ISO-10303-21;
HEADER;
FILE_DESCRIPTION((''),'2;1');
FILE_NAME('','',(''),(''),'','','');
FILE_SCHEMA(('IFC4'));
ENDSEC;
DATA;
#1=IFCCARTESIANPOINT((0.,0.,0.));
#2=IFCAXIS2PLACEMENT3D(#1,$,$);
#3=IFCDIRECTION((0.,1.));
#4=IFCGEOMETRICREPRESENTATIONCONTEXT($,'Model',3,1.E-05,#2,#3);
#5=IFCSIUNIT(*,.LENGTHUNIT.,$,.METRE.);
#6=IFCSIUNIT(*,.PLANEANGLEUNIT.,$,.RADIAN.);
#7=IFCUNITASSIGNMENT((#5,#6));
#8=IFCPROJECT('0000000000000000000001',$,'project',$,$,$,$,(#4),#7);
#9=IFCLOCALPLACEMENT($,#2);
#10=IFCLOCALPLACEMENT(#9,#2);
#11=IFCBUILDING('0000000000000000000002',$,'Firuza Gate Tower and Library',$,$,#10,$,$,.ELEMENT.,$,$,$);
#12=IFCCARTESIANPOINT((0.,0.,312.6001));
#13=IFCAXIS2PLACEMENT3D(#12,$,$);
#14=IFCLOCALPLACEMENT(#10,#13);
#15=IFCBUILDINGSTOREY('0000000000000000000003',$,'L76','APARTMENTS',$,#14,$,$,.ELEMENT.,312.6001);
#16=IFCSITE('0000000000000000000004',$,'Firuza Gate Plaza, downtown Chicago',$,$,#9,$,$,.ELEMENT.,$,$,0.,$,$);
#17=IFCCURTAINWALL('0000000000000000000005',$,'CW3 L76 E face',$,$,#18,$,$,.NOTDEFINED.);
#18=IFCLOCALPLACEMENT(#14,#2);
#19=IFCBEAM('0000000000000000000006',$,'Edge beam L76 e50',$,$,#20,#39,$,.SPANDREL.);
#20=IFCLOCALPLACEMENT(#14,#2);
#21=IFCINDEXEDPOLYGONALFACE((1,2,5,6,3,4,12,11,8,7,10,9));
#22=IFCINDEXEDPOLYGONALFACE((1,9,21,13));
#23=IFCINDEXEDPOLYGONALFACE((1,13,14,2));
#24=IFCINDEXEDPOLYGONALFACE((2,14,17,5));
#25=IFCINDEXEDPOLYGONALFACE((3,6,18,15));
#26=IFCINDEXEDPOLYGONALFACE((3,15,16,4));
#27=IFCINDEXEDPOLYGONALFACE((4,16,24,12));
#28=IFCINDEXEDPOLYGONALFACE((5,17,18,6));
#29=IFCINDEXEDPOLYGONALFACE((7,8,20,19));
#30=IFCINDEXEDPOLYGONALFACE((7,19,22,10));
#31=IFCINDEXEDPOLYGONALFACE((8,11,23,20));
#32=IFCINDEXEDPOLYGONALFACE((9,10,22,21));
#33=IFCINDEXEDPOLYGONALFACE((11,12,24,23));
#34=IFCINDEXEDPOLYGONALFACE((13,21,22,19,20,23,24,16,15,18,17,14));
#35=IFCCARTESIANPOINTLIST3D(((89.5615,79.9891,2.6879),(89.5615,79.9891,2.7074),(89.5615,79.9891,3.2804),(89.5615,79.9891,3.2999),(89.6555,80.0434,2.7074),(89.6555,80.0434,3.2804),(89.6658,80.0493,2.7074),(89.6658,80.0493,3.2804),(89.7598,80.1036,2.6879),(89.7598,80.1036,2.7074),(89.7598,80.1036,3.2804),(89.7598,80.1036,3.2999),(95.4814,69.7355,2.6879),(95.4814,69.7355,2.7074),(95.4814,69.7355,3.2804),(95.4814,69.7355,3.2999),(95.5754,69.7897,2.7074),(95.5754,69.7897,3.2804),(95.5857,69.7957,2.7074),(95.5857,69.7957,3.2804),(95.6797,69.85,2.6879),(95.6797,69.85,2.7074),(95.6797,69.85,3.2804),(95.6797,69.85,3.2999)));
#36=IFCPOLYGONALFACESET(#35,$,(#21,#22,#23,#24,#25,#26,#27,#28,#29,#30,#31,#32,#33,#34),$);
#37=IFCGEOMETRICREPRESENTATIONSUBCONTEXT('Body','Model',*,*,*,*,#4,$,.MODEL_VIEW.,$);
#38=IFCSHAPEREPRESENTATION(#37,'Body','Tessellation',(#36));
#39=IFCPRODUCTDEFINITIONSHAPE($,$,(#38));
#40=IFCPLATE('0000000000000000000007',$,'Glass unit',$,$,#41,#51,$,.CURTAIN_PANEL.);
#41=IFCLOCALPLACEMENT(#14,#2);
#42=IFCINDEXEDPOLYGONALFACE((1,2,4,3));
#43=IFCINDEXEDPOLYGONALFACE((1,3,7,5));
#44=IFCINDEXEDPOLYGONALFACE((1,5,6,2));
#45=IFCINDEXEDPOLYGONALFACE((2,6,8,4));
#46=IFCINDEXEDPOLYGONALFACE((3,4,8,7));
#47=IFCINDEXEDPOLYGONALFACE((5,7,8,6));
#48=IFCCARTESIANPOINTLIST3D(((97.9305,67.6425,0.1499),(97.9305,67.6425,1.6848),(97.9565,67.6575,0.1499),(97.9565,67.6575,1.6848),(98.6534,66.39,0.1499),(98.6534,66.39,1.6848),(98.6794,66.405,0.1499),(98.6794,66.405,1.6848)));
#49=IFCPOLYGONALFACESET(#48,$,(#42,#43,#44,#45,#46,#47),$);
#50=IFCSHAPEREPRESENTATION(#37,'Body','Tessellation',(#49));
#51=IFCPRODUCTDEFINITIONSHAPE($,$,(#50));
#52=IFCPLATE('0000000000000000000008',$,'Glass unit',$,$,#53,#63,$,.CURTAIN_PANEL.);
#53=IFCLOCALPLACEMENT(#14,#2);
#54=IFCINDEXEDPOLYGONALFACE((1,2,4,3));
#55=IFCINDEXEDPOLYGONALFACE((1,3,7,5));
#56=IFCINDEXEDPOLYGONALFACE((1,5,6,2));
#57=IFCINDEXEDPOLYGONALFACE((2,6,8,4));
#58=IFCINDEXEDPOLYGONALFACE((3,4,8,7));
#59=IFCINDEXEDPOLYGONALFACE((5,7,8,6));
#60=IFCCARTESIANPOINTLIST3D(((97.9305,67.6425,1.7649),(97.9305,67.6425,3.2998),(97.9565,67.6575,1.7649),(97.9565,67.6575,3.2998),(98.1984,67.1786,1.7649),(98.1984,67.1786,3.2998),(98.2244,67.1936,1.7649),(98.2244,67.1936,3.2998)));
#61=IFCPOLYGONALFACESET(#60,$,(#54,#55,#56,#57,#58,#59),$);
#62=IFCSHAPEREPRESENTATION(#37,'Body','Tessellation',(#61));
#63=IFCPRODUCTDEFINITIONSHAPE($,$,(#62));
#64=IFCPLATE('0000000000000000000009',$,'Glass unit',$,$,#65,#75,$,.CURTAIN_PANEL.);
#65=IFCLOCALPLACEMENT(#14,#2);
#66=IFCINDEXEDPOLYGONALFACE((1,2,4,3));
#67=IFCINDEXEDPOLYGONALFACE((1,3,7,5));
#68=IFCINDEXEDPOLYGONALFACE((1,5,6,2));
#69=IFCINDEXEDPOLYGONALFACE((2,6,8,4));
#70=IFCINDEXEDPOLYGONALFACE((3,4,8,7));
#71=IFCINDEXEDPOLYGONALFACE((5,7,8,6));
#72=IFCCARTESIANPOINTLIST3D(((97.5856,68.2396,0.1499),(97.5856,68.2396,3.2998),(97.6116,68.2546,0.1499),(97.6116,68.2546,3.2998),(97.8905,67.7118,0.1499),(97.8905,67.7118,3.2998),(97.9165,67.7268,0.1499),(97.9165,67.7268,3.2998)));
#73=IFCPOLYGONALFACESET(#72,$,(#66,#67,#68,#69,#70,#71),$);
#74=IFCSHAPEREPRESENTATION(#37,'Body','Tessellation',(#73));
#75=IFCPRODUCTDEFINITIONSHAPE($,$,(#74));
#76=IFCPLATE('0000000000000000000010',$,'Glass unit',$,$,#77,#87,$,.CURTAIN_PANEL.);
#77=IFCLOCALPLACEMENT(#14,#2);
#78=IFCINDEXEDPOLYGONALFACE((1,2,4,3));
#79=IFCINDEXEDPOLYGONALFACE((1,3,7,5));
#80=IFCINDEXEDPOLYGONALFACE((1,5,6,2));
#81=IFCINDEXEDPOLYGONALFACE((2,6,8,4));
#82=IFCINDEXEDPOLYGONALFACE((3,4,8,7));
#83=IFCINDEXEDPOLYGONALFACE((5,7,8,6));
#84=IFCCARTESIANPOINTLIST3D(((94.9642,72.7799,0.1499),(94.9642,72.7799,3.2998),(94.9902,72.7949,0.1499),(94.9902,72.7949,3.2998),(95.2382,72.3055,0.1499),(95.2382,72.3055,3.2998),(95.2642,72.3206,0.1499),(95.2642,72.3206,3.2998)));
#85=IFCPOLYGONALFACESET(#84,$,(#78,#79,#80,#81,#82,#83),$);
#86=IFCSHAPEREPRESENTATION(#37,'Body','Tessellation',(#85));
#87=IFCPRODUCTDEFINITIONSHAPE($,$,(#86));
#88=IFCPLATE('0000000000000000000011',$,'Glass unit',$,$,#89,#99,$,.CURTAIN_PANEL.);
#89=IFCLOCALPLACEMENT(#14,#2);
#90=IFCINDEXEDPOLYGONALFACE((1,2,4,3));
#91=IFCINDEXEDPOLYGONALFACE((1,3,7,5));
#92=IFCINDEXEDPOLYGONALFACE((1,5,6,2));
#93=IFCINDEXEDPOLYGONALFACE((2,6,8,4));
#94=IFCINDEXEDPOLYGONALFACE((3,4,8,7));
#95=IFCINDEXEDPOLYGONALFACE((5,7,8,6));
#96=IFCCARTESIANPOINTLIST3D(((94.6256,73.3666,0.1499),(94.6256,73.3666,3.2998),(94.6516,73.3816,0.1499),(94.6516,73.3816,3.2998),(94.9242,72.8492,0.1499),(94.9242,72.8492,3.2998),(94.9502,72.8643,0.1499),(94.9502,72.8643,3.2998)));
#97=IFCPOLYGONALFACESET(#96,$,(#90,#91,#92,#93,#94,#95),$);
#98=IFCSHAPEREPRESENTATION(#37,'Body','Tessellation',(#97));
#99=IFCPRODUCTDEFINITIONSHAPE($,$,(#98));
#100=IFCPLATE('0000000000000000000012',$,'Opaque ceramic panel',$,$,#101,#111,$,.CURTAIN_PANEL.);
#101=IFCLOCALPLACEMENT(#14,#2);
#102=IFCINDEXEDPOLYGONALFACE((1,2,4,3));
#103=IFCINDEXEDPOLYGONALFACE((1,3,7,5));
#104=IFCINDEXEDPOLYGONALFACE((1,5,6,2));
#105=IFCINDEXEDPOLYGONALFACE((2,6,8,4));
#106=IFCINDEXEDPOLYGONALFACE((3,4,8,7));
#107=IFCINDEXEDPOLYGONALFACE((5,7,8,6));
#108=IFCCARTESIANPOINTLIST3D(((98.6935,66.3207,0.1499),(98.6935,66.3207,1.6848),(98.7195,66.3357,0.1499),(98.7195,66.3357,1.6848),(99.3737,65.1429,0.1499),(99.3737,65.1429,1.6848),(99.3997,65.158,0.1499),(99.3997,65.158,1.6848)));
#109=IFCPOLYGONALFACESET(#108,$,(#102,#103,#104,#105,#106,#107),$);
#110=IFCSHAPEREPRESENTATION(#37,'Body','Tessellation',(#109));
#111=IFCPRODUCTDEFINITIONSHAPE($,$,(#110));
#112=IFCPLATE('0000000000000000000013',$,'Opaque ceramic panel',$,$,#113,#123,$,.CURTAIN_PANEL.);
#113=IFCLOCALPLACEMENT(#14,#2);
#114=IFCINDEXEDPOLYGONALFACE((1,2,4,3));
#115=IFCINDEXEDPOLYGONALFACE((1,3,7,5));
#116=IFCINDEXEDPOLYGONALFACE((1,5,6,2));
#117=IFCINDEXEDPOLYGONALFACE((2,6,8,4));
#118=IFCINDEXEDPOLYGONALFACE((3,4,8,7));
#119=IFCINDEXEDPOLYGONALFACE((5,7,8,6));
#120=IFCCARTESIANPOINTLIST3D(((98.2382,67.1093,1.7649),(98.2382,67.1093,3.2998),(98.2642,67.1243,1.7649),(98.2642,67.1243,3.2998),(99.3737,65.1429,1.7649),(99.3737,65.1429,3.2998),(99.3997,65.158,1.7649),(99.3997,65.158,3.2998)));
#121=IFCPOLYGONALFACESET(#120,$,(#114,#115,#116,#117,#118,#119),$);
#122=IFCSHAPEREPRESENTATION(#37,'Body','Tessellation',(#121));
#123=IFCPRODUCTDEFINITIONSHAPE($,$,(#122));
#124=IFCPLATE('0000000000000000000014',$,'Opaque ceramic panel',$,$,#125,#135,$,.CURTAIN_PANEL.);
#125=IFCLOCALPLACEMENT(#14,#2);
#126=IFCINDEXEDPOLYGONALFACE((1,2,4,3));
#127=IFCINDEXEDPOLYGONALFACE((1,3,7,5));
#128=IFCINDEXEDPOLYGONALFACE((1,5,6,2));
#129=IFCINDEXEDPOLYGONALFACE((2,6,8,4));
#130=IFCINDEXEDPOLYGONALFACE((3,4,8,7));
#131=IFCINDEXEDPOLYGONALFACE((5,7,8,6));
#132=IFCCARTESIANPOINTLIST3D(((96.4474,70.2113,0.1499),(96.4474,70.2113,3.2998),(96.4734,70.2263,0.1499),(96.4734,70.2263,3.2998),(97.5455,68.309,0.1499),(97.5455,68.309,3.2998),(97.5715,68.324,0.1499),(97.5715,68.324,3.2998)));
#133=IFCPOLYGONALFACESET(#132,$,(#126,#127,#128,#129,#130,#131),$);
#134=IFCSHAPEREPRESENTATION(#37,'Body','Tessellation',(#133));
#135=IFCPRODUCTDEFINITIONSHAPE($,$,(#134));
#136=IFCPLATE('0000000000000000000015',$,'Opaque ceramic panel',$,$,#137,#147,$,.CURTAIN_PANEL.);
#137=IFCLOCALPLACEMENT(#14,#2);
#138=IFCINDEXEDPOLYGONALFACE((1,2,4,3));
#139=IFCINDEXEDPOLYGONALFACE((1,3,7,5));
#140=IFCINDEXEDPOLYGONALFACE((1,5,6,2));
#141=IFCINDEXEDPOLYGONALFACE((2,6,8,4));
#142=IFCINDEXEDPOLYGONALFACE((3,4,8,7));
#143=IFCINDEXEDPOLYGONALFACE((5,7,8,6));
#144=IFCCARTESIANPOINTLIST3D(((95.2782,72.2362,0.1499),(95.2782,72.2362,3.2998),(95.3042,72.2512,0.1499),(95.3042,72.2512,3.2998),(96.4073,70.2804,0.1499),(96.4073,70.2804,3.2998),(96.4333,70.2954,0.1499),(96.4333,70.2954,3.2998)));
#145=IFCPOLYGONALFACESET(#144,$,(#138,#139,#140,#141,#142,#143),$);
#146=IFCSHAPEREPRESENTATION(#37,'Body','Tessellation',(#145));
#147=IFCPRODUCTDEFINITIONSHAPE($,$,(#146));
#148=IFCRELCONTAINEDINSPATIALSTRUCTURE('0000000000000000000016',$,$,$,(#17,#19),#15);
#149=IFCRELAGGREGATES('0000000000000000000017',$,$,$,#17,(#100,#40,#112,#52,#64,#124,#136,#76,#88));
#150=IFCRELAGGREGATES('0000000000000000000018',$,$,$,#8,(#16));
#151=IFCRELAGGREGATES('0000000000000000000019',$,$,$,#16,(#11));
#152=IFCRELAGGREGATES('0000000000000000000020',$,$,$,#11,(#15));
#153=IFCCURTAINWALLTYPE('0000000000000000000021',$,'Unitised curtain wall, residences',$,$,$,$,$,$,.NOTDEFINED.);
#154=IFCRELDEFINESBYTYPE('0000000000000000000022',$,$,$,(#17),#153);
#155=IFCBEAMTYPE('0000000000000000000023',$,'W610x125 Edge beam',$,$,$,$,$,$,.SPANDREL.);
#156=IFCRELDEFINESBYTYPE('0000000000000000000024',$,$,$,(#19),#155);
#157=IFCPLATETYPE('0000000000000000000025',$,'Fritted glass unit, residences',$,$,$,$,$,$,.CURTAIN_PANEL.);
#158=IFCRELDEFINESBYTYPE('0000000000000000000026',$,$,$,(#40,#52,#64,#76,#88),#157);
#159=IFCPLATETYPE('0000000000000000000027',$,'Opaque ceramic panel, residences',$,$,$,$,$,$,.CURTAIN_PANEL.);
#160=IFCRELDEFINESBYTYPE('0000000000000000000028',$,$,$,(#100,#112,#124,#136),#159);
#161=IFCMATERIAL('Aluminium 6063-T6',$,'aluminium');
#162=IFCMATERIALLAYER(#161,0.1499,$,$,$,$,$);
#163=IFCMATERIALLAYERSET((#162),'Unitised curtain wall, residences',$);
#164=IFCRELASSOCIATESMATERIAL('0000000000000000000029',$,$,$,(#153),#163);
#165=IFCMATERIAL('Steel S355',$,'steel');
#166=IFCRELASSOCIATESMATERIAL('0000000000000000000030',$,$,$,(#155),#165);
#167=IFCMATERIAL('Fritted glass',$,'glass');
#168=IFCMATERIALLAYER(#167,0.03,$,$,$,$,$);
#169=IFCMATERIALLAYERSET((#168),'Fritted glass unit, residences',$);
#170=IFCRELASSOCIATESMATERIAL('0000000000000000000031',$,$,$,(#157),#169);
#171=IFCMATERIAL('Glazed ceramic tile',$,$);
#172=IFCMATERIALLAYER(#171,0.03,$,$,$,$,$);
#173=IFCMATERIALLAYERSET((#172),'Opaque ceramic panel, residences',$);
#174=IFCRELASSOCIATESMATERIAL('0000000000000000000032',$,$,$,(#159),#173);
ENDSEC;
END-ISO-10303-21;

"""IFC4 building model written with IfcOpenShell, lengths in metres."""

from ifc_helpers import new_model, si_unit, direction, frame, origin, origin_2d, place, context, subcontext, project, spatial, polyline, i_section, outline, extrude, material, layer, layer_set, material_profile, profile_set, type_object, element, aggregate, save


model = new_model("IFC4")

# Units and contexts
model_context = context("Model", 3, precision=1e-05, world=origin(), true_north=direction((0.0, 1.0)))
body_context = subcontext(model_context, "Body", "Model", "MODEL_VIEW")
ifc_project = project(units=[si_unit("LENGTHUNIT", "METRE"), si_unit("PLANEANGLEUNIT", "RADIAN")], contexts=[model_context])

# Site, building, storey
site_placement = place(None, origin())
site = spatial("IfcSite", under=ifc_project, at=site_placement, Name="Firuza Gate Plaza, downtown Chicago", CompositionType="ELEMENT", RefElevation=0.0)
building_placement = place(site_placement, origin())
building = spatial("IfcBuilding", under=site, at=building_placement, Name="Firuza Gate Tower and Library", CompositionType="ELEMENT")
storey_placement = place(building_placement, frame((0.0, 0.0, 312.6001)))
storey = spatial("IfcBuildingStorey", under=building, at=storey_placement, Name="L76", Description="APARTMENTS", CompositionType="ELEMENT", Elevation=312.6001)

# Curtain wall
ifc_material_1 = material(Name="Aluminium 6063-T6", Category="aluminium")
ifc_layer_1 = layer(ifc_material_1, 0.1499)
ifc_layer_set_1 = layer_set([ifc_layer_1], Name="Unitised curtain wall, residences")
curtain_wall_type = type_object("IfcCurtainWallType", Name="Unitised curtain wall, residences", PredefinedType="NOTDEFINED", material=ifc_layer_set_1)
curtain_wall_placement = place(storey_placement, origin())
curtain_wall = element("IfcCurtainWall", 1, at=curtain_wall_placement, inside=storey, type_object=curtain_wall_type, Name="CW3 L76 E face", PredefinedType="NOTDEFINED")

# Beam
ifc_material_2 = material(Name="Steel S355", Category="steel")
ifc_material_profile_1 = material_profile(ifc_material_2, i_section(OverallWidth=0.229, OverallDepth=0.6121, WebThickness=0.012, FlangeThickness=0.0195, at=origin_2d()))
ifc_profile_set_1 = profile_set([ifc_material_profile_1], Name="Steel S355")
beam_type_1 = type_object("IfcBeamType", Name="W610x125 Edge beam", PredefinedType="SPANDREL", material=ifc_profile_set_1)
beam_1_placement = place(storey_placement, frame((95.5806, 69.7927, 2.9939), z_axis=(-0.499998, 0.866027, 0.0), x_axis=(-0.866027, -0.499998, 0.0)))
element("IfcBeam", 2, at=beam_1_placement, inside=storey, type_object=beam_type_1, Name="Edge beam L76 e50", PredefinedType="SPANDREL", context=body_context, shape_type="SweptSolid", body=[
    extrude(i_section(OverallWidth=0.229, OverallDepth=0.6121, WebThickness=0.012, FlangeThickness=0.0195, at=origin_2d()), origin(), (0.0, 0.0, 1.0), 11.8398),
])

# Plates
ifc_material_3 = material(Name="Fritted glass", Category="glass")
ifc_layer_2 = layer(ifc_material_3, 0.03)
ifc_layer_set_2 = layer_set([ifc_layer_2], Name="Fritted glass unit, residences")
plate_type_1 = type_object("IfcPlateType", Name="Fritted glass unit, residences", PredefinedType="CURTAIN_PANEL", material=ifc_layer_set_2)
plate_1_placement = place(storey_placement, frame((98.6794, 66.405, 0.1499), z_axis=(0.866084, 0.499898, 0.0), x_axis=(-0.499898, 0.866084, 0.0)))
plate_1 = element("IfcPlate", 3, at=plate_1_placement, type_object=plate_type_1, Name="Glass unit", PredefinedType="CURTAIN_PANEL", context=body_context, shape_type="SweptSolid", body=[
    extrude(outline(polyline([(0.0, 0.0), (1.4461, 0.0), (1.4461, 1.5349), (0.0, 1.5349), (0.0, 0.0)])), origin(), (0.0, 0.0, -1.0), 0.03),
])
plate_2_placement = place(storey_placement, frame((98.2244, 67.1936, 1.7649), z_axis=(0.866019, 0.500012, 0.0), x_axis=(-0.500012, 0.866019, 0.0)))
plate_2 = element("IfcPlate", 4, at=plate_2_placement, type_object=plate_type_1, Name="Glass unit", PredefinedType="CURTAIN_PANEL", context=body_context, shape_type="SweptSolid", body=[
    extrude(outline(polyline([(0.0, 0.0), (0.5356, 0.0), (0.5356, 1.5349), (0.0, 1.5349), (0.0, 0.0)])), origin(), (0.0, 0.0, -1.0), 0.03),
])
plate_3_placement = place(storey_placement, frame((97.9165, 67.7268, 0.1499), z_axis=(0.865892, 0.500231, 0.0), x_axis=(-0.500231, 0.865892, 0.0)))
plate_3 = element("IfcPlate", 5, at=plate_3_placement, type_object=plate_type_1, Name="Glass unit", PredefinedType="CURTAIN_PANEL", context=body_context, shape_type="SweptSolid", body=[
    extrude(outline(polyline([(0.0, 0.0), (0.6096, 0.0), (0.6096, 3.1499), (0.0, 3.1499), (0.0, 0.0)])), origin(), (0.0, 0.0, -1.0), 0.03),
])
plate_4_placement = place(storey_placement, frame((95.2642, 72.3206, 0.1499), z_axis=(0.865985, 0.50007, 0.0), x_axis=(-0.50007, 0.865985, 0.0)))
plate_4 = element("IfcPlate", 6, at=plate_4_placement, type_object=plate_type_1, Name="Glass unit", PredefinedType="CURTAIN_PANEL", context=body_context, shape_type="SweptSolid", body=[
    extrude(outline(polyline([(0.0, 0.0), (0.5478, 0.0), (0.5478, 3.1499), (0.0, 3.1499), (0.0, 0.0)])), origin(), (0.0, 0.0, -1.0), 0.03),
])
plate_5_placement = place(storey_placement, frame((94.9502, 72.8643, 0.1499), z_axis=(0.866097, 0.499876, 0.0), x_axis=(-0.499876, 0.866097, 0.0)))
plate_5 = element("IfcPlate", 7, at=plate_5_placement, type_object=plate_type_1, Name="Glass unit", PredefinedType="CURTAIN_PANEL", context=body_context, shape_type="SweptSolid", body=[
    extrude(outline(polyline([(0.0, 0.0), (0.5973, 0.0), (0.5973, 3.1499), (0.0, 3.1499), (0.0, 0.0)])), origin(), (0.0, 0.0, -1.0), 0.03),
])
ifc_material_4 = material(Name="Glazed ceramic tile")
ifc_layer_3 = layer(ifc_material_4, 0.03)
ifc_layer_set_3 = layer_set([ifc_layer_3], Name="Opaque ceramic panel, residences")
plate_type_2 = type_object("IfcPlateType", Name="Opaque ceramic panel, residences", PredefinedType="CURTAIN_PANEL", material=ifc_layer_set_3)
plate_6_placement = place(storey_placement, frame((99.3997, 65.158, 0.1499), z_axis=(0.865958, 0.500116, 0.0), x_axis=(-0.500116, 0.865958, 0.0)))
plate_6 = element("IfcPlate", 8, at=plate_6_placement, type_object=plate_type_2, Name="Opaque ceramic panel", PredefinedType="CURTAIN_PANEL", context=body_context, shape_type="SweptSolid", body=[
    extrude(outline(polyline([(0.0, 0.0), (1.36, 0.0), (1.36, 1.5349), (0.0, 1.5349), (0.0, 0.0)])), origin(), (0.0, 0.0, -1.0), 0.03),
])
plate_7_placement = place(storey_placement, frame((99.3997, 65.158, 1.7649), z_axis=(0.865978, 0.500082, 0.0), x_axis=(-0.500082, 0.865978, 0.0)))
plate_7 = element("IfcPlate", 9, at=plate_7_placement, type_object=plate_type_2, Name="Opaque ceramic panel", PredefinedType="CURTAIN_PANEL", context=body_context, shape_type="SweptSolid", body=[
    extrude(outline(polyline([(0.0, 0.0), (2.2706, 0.0), (2.2706, 1.5349), (0.0, 1.5349), (0.0, 0.0)])), origin(), (0.0, 0.0, -1.0), 0.03),
])
plate_8_placement = place(storey_placement, frame((97.5715, 68.324, 0.1499), z_axis=(0.86606, 0.499941, 0.0), x_axis=(-0.499941, 0.86606, 0.0)))
plate_8 = element("IfcPlate", 10, at=plate_8_placement, type_object=plate_type_2, Name="Opaque ceramic panel", PredefinedType="CURTAIN_PANEL", context=body_context, shape_type="SweptSolid", body=[
    extrude(outline(polyline([(0.0, 0.0), (2.1966, 0.0), (2.1966, 3.1499), (0.0, 3.1499), (0.0, 0.0)])), origin(), (0.0, 0.0, -1.0), 0.03),
])
plate_9_placement = place(storey_placement, frame((96.4333, 70.2954, 0.1499), z_axis=(0.866033, 0.499988, 0.0), x_axis=(-0.499988, 0.866033, 0.0)))
plate_9 = element("IfcPlate", 11, at=plate_9_placement, type_object=plate_type_2, Name="Opaque ceramic panel", PredefinedType="CURTAIN_PANEL", context=body_context, shape_type="SweptSolid", body=[
    extrude(outline(polyline([(0.0, 0.0), (2.2584, 0.0), (2.2584, 3.1499), (0.0, 3.1499), (0.0, 0.0)])), origin(), (0.0, 0.0, -1.0), 0.03),
])
aggregate(curtain_wall, [plate_6, plate_1, plate_7, plate_2, plate_3, plate_8, plate_9, plate_4, plate_5])

save(model, "model.ifc")
